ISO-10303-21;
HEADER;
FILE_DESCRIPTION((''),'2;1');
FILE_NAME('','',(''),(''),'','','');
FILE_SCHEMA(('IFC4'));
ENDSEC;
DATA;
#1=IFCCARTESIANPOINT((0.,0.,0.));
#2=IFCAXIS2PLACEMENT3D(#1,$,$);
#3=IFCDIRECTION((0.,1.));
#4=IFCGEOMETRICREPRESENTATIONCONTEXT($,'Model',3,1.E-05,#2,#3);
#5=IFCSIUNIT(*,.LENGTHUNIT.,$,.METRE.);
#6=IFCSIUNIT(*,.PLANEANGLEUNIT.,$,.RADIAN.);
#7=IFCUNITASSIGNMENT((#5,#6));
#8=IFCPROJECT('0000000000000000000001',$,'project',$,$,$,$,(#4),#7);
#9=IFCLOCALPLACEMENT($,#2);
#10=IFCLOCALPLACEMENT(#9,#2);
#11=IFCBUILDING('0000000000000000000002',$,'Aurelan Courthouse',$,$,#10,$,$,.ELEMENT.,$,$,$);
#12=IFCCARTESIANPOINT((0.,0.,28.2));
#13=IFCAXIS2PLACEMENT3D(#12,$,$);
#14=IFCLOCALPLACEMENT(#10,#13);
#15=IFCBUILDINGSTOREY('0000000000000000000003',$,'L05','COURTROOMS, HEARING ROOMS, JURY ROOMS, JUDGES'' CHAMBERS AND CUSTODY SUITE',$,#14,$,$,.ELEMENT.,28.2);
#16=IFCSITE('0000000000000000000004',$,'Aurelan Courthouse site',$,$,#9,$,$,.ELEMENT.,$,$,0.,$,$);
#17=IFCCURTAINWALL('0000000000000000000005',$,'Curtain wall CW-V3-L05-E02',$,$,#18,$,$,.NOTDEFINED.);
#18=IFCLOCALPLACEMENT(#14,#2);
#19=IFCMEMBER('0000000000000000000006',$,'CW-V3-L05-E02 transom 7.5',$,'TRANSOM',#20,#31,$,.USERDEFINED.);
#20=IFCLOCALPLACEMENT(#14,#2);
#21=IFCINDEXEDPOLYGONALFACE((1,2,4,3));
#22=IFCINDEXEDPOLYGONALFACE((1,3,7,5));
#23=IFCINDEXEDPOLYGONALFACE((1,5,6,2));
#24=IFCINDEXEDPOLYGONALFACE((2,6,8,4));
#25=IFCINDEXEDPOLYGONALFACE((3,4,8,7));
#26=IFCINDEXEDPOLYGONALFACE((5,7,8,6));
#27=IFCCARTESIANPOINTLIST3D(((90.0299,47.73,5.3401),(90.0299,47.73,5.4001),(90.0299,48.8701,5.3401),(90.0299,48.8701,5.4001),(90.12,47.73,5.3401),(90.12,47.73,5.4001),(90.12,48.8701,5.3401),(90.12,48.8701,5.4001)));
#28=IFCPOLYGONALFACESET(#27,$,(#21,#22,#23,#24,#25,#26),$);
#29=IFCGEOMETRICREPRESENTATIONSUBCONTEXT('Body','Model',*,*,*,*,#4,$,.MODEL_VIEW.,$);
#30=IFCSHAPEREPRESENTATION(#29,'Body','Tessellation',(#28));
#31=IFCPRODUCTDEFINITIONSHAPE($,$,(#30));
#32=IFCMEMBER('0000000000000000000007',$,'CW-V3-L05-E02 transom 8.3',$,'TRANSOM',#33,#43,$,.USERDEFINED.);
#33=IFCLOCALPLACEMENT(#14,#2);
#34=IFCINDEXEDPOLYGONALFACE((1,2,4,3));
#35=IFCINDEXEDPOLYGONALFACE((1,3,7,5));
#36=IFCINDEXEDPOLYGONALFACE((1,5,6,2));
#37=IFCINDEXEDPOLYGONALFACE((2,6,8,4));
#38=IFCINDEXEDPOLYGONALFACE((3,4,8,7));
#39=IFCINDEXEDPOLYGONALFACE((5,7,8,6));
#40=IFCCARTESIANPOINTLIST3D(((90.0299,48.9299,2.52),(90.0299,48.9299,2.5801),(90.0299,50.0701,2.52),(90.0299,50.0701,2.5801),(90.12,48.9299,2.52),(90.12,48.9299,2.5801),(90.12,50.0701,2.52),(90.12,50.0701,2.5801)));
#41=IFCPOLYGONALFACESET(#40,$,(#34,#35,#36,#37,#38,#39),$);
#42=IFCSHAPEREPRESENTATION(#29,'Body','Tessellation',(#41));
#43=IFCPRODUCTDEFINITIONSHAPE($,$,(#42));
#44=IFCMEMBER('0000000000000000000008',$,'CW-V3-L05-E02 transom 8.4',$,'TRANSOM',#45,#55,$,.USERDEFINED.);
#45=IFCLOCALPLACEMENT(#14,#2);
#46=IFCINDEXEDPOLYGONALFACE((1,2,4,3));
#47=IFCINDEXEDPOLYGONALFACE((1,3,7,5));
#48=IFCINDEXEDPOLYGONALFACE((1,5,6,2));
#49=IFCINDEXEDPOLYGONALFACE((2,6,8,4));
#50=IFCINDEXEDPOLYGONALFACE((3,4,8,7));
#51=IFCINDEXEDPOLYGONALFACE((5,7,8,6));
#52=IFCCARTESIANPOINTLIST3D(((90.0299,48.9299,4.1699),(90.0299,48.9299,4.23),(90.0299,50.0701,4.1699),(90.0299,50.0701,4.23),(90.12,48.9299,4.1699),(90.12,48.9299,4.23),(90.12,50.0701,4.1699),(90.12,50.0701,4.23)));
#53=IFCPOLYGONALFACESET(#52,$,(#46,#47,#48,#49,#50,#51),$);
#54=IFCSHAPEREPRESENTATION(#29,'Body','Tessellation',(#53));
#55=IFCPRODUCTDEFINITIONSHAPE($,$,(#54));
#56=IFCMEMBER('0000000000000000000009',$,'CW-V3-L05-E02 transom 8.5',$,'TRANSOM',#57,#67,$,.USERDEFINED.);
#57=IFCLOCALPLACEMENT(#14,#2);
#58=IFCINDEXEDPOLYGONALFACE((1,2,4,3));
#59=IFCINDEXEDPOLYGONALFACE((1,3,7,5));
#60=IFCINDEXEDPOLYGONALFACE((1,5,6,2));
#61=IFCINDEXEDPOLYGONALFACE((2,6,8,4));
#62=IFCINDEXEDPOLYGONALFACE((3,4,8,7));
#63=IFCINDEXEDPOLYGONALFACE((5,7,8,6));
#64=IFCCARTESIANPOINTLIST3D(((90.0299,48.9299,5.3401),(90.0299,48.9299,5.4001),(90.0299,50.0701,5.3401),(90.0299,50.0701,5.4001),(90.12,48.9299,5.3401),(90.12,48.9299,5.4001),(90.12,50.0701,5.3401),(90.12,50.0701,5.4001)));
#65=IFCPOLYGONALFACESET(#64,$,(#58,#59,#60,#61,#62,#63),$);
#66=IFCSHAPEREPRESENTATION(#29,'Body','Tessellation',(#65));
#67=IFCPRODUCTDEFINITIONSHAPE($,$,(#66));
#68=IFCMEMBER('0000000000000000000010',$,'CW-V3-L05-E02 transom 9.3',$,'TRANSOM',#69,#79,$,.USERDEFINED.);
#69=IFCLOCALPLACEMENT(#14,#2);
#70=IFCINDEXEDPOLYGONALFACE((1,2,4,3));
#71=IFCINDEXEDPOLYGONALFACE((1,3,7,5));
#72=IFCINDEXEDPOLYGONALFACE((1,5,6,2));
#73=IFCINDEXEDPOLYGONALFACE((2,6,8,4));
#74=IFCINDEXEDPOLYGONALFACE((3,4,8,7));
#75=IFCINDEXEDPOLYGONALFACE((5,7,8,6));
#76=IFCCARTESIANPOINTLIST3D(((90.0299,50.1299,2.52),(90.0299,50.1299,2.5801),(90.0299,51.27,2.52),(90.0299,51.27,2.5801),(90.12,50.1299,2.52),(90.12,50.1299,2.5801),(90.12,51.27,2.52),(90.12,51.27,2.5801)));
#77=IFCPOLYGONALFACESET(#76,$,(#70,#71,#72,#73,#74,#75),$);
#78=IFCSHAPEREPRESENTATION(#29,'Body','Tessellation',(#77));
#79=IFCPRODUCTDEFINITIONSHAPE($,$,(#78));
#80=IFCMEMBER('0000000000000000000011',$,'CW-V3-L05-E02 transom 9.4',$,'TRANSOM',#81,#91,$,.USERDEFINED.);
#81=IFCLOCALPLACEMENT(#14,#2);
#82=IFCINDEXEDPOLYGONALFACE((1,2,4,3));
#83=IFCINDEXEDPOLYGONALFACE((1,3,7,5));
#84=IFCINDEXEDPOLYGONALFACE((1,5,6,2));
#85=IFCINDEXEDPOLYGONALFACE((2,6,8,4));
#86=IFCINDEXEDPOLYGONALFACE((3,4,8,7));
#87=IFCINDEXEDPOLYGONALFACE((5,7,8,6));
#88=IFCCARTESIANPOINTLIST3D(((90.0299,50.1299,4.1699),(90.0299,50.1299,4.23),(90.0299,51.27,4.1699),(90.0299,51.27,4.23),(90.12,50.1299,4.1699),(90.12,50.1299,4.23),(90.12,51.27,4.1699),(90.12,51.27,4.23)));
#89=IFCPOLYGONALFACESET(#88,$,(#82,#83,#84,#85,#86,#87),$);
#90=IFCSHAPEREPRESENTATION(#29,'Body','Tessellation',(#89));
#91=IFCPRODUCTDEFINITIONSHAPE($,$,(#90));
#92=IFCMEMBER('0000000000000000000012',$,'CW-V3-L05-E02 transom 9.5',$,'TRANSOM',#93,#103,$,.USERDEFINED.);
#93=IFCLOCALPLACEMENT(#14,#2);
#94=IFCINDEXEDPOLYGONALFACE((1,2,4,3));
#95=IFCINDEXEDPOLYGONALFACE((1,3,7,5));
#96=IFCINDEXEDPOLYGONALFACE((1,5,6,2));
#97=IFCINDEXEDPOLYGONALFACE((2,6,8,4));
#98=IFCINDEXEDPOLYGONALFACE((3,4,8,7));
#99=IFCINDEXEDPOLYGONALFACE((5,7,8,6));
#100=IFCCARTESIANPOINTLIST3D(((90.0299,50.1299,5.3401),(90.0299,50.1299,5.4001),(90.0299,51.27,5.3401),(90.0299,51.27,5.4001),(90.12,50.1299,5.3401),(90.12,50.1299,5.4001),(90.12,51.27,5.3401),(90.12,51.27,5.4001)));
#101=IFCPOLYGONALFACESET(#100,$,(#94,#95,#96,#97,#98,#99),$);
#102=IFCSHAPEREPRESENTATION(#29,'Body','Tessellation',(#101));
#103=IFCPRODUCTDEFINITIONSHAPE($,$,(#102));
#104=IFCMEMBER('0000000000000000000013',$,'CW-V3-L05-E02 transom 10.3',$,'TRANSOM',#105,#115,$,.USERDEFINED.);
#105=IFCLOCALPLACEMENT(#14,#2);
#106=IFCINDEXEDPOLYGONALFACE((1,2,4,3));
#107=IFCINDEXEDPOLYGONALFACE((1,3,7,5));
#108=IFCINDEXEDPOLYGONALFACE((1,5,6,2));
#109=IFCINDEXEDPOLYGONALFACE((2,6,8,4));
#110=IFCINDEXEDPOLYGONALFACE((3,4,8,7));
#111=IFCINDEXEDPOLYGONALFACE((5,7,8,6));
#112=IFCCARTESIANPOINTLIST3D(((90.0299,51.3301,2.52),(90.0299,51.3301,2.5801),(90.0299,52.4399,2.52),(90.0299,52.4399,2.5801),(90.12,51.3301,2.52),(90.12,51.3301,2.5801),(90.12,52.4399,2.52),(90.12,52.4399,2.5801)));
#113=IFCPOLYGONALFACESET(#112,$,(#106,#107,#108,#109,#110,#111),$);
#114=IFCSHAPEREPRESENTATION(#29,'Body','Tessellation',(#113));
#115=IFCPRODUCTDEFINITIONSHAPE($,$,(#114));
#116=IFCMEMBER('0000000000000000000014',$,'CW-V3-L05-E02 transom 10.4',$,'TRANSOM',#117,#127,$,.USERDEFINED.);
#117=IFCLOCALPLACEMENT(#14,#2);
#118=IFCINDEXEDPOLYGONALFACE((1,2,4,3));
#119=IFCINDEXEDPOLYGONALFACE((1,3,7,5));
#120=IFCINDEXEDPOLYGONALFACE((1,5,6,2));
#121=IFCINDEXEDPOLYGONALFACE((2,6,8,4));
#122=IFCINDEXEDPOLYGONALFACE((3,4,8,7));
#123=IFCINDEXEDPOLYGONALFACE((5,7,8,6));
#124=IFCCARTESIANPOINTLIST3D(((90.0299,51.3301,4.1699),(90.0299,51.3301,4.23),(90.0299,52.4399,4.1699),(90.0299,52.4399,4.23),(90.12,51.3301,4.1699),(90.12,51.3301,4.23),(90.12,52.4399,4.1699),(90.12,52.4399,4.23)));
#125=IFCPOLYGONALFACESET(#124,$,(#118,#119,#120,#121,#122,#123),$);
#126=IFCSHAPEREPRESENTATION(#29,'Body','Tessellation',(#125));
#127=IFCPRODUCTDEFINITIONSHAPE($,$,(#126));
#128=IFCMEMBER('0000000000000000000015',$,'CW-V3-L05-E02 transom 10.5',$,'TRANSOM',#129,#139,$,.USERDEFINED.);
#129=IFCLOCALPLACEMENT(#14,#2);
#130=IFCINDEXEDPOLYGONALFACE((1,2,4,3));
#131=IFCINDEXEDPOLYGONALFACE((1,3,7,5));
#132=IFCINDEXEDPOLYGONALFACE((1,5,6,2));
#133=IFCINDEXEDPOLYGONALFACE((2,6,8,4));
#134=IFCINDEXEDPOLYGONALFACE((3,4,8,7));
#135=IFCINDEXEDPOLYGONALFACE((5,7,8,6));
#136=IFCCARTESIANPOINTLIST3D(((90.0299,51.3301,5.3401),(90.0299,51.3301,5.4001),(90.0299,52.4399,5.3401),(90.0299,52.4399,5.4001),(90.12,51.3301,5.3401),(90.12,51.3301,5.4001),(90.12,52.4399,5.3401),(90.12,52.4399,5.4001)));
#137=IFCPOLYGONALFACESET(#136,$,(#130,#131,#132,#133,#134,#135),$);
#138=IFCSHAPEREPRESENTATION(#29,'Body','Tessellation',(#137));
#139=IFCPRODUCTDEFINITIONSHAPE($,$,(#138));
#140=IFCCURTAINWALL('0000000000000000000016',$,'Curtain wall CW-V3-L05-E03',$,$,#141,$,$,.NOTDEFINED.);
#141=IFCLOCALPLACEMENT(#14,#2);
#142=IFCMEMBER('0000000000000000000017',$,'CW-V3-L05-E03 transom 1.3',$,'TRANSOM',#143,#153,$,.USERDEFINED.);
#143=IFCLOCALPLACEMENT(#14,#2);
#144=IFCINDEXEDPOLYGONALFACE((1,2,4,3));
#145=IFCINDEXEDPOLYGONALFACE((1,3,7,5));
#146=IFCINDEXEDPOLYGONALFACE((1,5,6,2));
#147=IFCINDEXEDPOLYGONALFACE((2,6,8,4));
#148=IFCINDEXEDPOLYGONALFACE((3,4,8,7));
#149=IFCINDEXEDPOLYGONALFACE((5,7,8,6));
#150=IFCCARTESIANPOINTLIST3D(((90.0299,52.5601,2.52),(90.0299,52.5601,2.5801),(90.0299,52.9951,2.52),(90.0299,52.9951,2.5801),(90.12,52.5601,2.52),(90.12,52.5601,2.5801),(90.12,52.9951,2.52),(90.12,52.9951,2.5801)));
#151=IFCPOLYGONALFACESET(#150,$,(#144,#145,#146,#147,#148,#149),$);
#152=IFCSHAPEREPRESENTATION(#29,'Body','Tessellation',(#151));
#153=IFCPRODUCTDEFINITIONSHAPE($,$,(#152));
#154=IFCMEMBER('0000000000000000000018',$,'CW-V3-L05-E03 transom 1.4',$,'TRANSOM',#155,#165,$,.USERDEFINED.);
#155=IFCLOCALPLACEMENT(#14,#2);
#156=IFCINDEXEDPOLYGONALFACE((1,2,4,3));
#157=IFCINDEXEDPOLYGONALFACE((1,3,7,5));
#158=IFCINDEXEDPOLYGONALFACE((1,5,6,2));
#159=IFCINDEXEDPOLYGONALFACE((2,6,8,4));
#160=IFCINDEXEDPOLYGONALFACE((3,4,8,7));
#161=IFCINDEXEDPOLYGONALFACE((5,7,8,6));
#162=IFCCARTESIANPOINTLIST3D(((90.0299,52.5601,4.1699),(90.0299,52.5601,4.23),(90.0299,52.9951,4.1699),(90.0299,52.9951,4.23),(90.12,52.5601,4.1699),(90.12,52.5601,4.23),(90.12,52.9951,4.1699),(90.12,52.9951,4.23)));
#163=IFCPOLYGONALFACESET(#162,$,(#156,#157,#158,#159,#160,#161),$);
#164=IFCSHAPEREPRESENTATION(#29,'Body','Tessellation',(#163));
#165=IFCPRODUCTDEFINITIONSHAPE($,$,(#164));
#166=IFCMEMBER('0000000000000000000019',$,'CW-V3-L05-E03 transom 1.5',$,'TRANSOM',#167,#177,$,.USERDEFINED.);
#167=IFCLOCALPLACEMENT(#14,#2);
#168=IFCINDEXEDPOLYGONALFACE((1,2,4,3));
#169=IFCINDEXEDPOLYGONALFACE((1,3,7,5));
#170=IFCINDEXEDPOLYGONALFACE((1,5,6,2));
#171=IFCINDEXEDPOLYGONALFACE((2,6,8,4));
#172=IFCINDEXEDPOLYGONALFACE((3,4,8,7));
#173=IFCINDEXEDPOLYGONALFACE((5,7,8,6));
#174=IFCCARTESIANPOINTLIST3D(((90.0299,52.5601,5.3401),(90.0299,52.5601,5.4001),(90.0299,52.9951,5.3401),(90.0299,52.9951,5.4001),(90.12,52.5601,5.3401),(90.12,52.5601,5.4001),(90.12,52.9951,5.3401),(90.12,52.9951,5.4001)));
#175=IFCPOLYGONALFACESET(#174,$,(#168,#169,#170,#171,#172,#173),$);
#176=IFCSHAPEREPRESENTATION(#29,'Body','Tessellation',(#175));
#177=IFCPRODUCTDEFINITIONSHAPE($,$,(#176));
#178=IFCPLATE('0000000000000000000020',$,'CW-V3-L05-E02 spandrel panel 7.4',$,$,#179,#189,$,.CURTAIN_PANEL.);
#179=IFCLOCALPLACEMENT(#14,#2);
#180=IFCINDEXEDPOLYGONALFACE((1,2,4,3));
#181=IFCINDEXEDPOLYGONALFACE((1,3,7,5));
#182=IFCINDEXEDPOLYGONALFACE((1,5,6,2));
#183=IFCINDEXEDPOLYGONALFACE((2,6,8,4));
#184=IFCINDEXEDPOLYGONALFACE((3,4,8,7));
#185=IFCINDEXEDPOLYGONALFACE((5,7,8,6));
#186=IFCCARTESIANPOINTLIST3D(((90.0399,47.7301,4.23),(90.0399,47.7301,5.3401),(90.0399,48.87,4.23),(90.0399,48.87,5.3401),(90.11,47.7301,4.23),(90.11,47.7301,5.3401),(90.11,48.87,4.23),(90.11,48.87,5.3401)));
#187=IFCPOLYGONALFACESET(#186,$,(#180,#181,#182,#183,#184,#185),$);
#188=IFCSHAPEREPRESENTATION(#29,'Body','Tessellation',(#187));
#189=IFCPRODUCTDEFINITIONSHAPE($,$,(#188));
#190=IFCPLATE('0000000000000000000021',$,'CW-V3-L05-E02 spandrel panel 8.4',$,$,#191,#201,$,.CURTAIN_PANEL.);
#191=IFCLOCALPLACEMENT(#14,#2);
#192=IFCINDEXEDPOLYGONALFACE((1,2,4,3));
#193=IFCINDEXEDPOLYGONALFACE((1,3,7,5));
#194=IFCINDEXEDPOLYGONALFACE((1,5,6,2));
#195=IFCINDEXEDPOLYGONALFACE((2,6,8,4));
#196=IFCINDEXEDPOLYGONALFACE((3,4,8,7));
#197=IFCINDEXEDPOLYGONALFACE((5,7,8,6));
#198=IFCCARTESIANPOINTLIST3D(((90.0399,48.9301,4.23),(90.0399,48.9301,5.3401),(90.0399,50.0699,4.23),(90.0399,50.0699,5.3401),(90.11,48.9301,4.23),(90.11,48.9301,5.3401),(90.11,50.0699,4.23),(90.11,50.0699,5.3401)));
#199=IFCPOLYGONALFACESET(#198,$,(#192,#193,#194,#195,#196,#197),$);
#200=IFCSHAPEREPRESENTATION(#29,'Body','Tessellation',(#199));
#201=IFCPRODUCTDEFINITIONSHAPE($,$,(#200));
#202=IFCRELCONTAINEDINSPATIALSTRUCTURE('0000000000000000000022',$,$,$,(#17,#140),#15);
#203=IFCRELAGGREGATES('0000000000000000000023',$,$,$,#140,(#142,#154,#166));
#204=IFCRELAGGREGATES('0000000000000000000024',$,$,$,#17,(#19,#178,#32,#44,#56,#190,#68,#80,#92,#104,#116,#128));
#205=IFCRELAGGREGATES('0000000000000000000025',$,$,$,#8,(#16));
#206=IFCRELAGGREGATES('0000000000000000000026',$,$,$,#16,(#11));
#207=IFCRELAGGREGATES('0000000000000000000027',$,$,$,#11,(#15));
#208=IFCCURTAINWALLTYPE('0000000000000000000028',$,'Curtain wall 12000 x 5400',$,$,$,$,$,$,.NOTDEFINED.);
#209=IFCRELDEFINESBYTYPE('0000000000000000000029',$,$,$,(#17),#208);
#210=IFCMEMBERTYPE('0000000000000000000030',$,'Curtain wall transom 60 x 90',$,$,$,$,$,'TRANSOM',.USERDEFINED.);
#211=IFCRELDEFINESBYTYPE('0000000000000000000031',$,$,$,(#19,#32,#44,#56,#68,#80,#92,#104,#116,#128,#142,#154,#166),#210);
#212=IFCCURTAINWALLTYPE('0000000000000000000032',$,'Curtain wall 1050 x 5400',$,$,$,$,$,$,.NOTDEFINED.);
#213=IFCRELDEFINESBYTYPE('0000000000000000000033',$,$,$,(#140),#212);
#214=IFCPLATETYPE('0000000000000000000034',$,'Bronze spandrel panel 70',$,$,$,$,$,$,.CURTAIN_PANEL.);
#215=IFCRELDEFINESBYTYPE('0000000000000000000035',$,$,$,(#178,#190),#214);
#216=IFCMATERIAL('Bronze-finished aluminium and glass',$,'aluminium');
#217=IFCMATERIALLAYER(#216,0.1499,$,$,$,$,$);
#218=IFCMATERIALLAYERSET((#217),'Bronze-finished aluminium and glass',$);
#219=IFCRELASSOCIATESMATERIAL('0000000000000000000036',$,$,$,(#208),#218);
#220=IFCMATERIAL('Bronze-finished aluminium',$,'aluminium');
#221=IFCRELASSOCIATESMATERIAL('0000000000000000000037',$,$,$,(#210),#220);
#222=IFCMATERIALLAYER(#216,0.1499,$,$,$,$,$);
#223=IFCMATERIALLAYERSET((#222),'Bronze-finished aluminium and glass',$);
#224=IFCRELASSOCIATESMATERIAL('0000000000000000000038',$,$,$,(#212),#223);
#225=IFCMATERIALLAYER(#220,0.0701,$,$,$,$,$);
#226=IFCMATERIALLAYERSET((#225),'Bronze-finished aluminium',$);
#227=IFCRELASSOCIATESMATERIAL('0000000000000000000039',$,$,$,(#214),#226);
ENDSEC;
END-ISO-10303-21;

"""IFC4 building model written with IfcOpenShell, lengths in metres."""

from ifc_helpers import new_model, si_unit, direction, frame, origin, origin_2d, place, context, subcontext, project, spatial, rectangle, extrude, material, layer, layer_set, material_profile, profile_set, type_object, element, aggregate, save


model = new_model("IFC4")

# Units and contexts
model_context = context("Model", 3, precision=1e-05, world=origin(), true_north=direction((0.0, 1.0)))
body_context = subcontext(model_context, "Body", "Model", "MODEL_VIEW")
ifc_project = project(units=[si_unit("LENGTHUNIT", "METRE"), si_unit("PLANEANGLEUNIT", "RADIAN")], contexts=[model_context])

# Site, building, storey
site_placement = place(None, origin())
site = spatial("IfcSite", under=ifc_project, at=site_placement, Name="Aurelan Courthouse site", CompositionType="ELEMENT", RefElevation=0.0)
building_placement = place(site_placement, origin())
building = spatial("IfcBuilding", under=site, at=building_placement, Name="Aurelan Courthouse", CompositionType="ELEMENT")
storey_placement = place(building_placement, frame((0.0, 0.0, 28.2)))
storey = spatial("IfcBuildingStorey", under=building, at=storey_placement, Name="L05", Description="COURTROOMS, HEARING ROOMS, JURY ROOMS, JUDGES' CHAMBERS AND CUSTODY SUITE", CompositionType="ELEMENT", Elevation=28.2)

# Curtain walls, members
ifc_material_1 = material(Name="Bronze-finished aluminium and glass", Category="aluminium")
ifc_layer_1 = layer(ifc_material_1, 0.1499)
ifc_layer_set_1 = layer_set([ifc_layer_1], Name="Bronze-finished aluminium and glass")
curtain_wall_type_1 = type_object("IfcCurtainWallType", Name="Curtain wall 12000 x 5400", PredefinedType="NOTDEFINED", material=ifc_layer_set_1)
curtain_wall_1_placement = place(storey_placement, origin())
curtain_wall_1 = element("IfcCurtainWall", 1, at=curtain_wall_1_placement, inside=storey, type_object=curtain_wall_type_1, Name="Curtain wall CW-V3-L05-E02", PredefinedType="NOTDEFINED")
ifc_material_2 = material(Name="Bronze-finished aluminium", Category="aluminium")
ifc_material_profile = material_profile(ifc_material_2, rectangle(XDim=0.0901, YDim=0.0601, at=origin_2d()), Name="Bronze transom 60 x 90")
ifc_profile_set = profile_set([ifc_material_profile], Name="Bronze-finished aluminium")
member_type = type_object("IfcMemberType", Name="Curtain wall transom 60 x 90", ElementType="TRANSOM", PredefinedType="USERDEFINED", material=ifc_profile_set)
member_1_placement = place(storey_placement, frame((90.075, 47.73, 5.3701), z_axis=(0.0, 1.0, 0.0), x_axis=(-1.0, 0.0, 0.0)))
member_1 = element("IfcMember", 2, at=member_1_placement, type_object=member_type, Name="CW-V3-L05-E02 transom 7.5", ObjectType="TRANSOM", PredefinedType="USERDEFINED", context=body_context, shape_type="SweptSolid", body=[
    extrude(rectangle(XDim=0.0901, YDim=0.0601, at=origin_2d()), origin(), (0.0, 0.0, 1.0), 1.1401),
])
member_2_placement = place(storey_placement, frame((90.075, 48.9299, 2.55), z_axis=(0.0, 1.0, 0.0), x_axis=(-1.0, 0.0, 0.0)))
member_2 = element("IfcMember", 3, at=member_2_placement, type_object=member_type, Name="CW-V3-L05-E02 transom 8.3", ObjectType="TRANSOM", PredefinedType="USERDEFINED", context=body_context, shape_type="SweptSolid", body=[
    extrude(rectangle(XDim=0.0901, YDim=0.0601, at=origin_2d()), origin(), (0.0, 0.0, 1.0), 1.1401),
])
member_3_placement = place(storey_placement, frame((90.075, 48.9299, 4.2), z_axis=(0.0, 1.0, 0.0), x_axis=(-1.0, 0.0, 0.0)))
member_3 = element("IfcMember", 4, at=member_3_placement, type_object=member_type, Name="CW-V3-L05-E02 transom 8.4", ObjectType="TRANSOM", PredefinedType="USERDEFINED", context=body_context, shape_type="SweptSolid", body=[
    extrude(rectangle(XDim=0.0901, YDim=0.0601, at=origin_2d()), origin(), (0.0, 0.0, 1.0), 1.1401),
])
member_4_placement = place(storey_placement, frame((90.075, 48.9299, 5.3701), z_axis=(0.0, 1.0, 0.0), x_axis=(-1.0, 0.0, 0.0)))
member_4 = element("IfcMember", 5, at=member_4_placement, type_object=member_type, Name="CW-V3-L05-E02 transom 8.5", ObjectType="TRANSOM", PredefinedType="USERDEFINED", context=body_context, shape_type="SweptSolid", body=[
    extrude(rectangle(XDim=0.0901, YDim=0.0601, at=origin_2d()), origin(), (0.0, 0.0, 1.0), 1.1401),
])
member_5_placement = place(storey_placement, frame((90.075, 50.1299, 2.55), z_axis=(0.0, 1.0, 0.0), x_axis=(-1.0, 0.0, 0.0)))
member_5 = element("IfcMember", 6, at=member_5_placement, type_object=member_type, Name="CW-V3-L05-E02 transom 9.3", ObjectType="TRANSOM", PredefinedType="USERDEFINED", context=body_context, shape_type="SweptSolid", body=[
    extrude(rectangle(XDim=0.0901, YDim=0.0601, at=origin_2d()), origin(), (0.0, 0.0, 1.0), 1.1401),
])
member_6_placement = place(storey_placement, frame((90.075, 50.1299, 4.2), z_axis=(0.0, 1.0, 0.0), x_axis=(-1.0, 0.0, 0.0)))
member_6 = element("IfcMember", 7, at=member_6_placement, type_object=member_type, Name="CW-V3-L05-E02 transom 9.4", ObjectType="TRANSOM", PredefinedType="USERDEFINED", context=body_context, shape_type="SweptSolid", body=[
    extrude(rectangle(XDim=0.0901, YDim=0.0601, at=origin_2d()), origin(), (0.0, 0.0, 1.0), 1.1401),
])
member_7_placement = place(storey_placement, frame((90.075, 50.1299, 5.3701), z_axis=(0.0, 1.0, 0.0), x_axis=(-1.0, 0.0, 0.0)))
member_7 = element("IfcMember", 8, at=member_7_placement, type_object=member_type, Name="CW-V3-L05-E02 transom 9.5", ObjectType="TRANSOM", PredefinedType="USERDEFINED", context=body_context, shape_type="SweptSolid", body=[
    extrude(rectangle(XDim=0.0901, YDim=0.0601, at=origin_2d()), origin(), (0.0, 0.0, 1.0), 1.1401),
])
member_8_placement = place(storey_placement, frame((90.075, 51.3301, 2.55), z_axis=(0.0, 1.0, 0.0), x_axis=(-1.0, 0.0, 0.0)))
member_8 = element("IfcMember", 9, at=member_8_placement, type_object=member_type, Name="CW-V3-L05-E02 transom 10.3", ObjectType="TRANSOM", PredefinedType="USERDEFINED", context=body_context, shape_type="SweptSolid", body=[
    extrude(rectangle(XDim=0.0901, YDim=0.0601, at=origin_2d()), origin(), (0.0, 0.0, 1.0), 1.1099),
])
member_9_placement = place(storey_placement, frame((90.075, 51.3301, 4.2), z_axis=(0.0, 1.0, 0.0), x_axis=(-1.0, 0.0, 0.0)))
member_9 = element("IfcMember", 10, at=member_9_placement, type_object=member_type, Name="CW-V3-L05-E02 transom 10.4", ObjectType="TRANSOM", PredefinedType="USERDEFINED", context=body_context, shape_type="SweptSolid", body=[
    extrude(rectangle(XDim=0.0901, YDim=0.0601, at=origin_2d()), origin(), (0.0, 0.0, 1.0), 1.1099),
])
member_10_placement = place(storey_placement, frame((90.075, 51.3301, 5.3701), z_axis=(0.0, 1.0, 0.0), x_axis=(-1.0, 0.0, 0.0)))
member_10 = element("IfcMember", 11, at=member_10_placement, type_object=member_type, Name="CW-V3-L05-E02 transom 10.5", ObjectType="TRANSOM", PredefinedType="USERDEFINED", context=body_context, shape_type="SweptSolid", body=[
    extrude(rectangle(XDim=0.0901, YDim=0.0601, at=origin_2d()), origin(), (0.0, 0.0, 1.0), 1.1099),
])
ifc_layer_2 = layer(ifc_material_1, 0.1499)
ifc_layer_set_2 = layer_set([ifc_layer_2], Name="Bronze-finished aluminium and glass")
curtain_wall_type_2 = type_object("IfcCurtainWallType", Name="Curtain wall 1050 x 5400", PredefinedType="NOTDEFINED", material=ifc_layer_set_2)
curtain_wall_2_placement = place(storey_placement, origin())
curtain_wall_2 = element("IfcCurtainWall", 12, at=curtain_wall_2_placement, inside=storey, type_object=curtain_wall_type_2, Name="Curtain wall CW-V3-L05-E03", PredefinedType="NOTDEFINED")
member_11_placement = place(storey_placement, frame((90.075, 52.5601, 2.55), z_axis=(0.0, 1.0, 0.0), x_axis=(-1.0, 0.0, 0.0)))
member_11 = element("IfcMember", 13, at=member_11_placement, type_object=member_type, Name="CW-V3-L05-E03 transom 1.3", ObjectType="TRANSOM", PredefinedType="USERDEFINED", context=body_context, shape_type="SweptSolid", body=[
    extrude(rectangle(XDim=0.0901, YDim=0.0601, at=origin_2d()), origin(), (0.0, 0.0, 1.0), 0.4351),
])
member_12_placement = place(storey_placement, frame((90.075, 52.5601, 4.2), z_axis=(0.0, 1.0, 0.0), x_axis=(-1.0, 0.0, 0.0)))
member_12 = element("IfcMember", 14, at=member_12_placement, type_object=member_type, Name="CW-V3-L05-E03 transom 1.4", ObjectType="TRANSOM", PredefinedType="USERDEFINED", context=body_context, shape_type="SweptSolid", body=[
    extrude(rectangle(XDim=0.0901, YDim=0.0601, at=origin_2d()), origin(), (0.0, 0.0, 1.0), 0.4351),
])
member_13_placement = place(storey_placement, frame((90.075, 52.5601, 5.3701), z_axis=(0.0, 1.0, 0.0), x_axis=(-1.0, 0.0, 0.0)))
member_13 = element("IfcMember", 15, at=member_13_placement, type_object=member_type, Name="CW-V3-L05-E03 transom 1.5", ObjectType="TRANSOM", PredefinedType="USERDEFINED", context=body_context, shape_type="SweptSolid", body=[
    extrude(rectangle(XDim=0.0901, YDim=0.0601, at=origin_2d()), origin(), (0.0, 0.0, 1.0), 0.4351),
])
aggregate(curtain_wall_2, [member_11, member_12, member_13])

# Plates
ifc_layer_3 = layer(ifc_material_2, 0.0701)
ifc_layer_set_3 = layer_set([ifc_layer_3], Name="Bronze-finished aluminium")
plate_type_1 = type_object("IfcPlateType", Name="Bronze spandrel panel 70", PredefinedType="CURTAIN_PANEL", material=ifc_layer_set_3)
plate_1_placement = place(storey_placement, frame((90.075, 48.3, 4.23), z_axis=(0.0, 0.0, 1.0), x_axis=(0.0, 1.0, 0.0)))
plate_1 = element("IfcPlate", 16, at=plate_1_placement, type_object=plate_type_1, Name="CW-V3-L05-E02 spandrel panel 7.4", PredefinedType="CURTAIN_PANEL", context=body_context, shape_type="SweptSolid", body=[
    extrude(rectangle(XDim=1.1399, YDim=0.0701, at=origin_2d()), origin(), (0.0, 0.0, 1.0), 1.1101),
])
plate_2_placement = place(storey_placement, frame((90.075, 49.5, 4.23), z_axis=(0.0, 0.0, 1.0), x_axis=(0.0, 1.0, 0.0)))
plate_2 = element("IfcPlate", 17, at=plate_2_placement, type_object=plate_type_1, Name="CW-V3-L05-E02 spandrel panel 8.4", PredefinedType="CURTAIN_PANEL", context=body_context, shape_type="SweptSolid", body=[
    extrude(rectangle(XDim=1.1399, YDim=0.0701, at=origin_2d()), origin(), (0.0, 0.0, 1.0), 1.1101),
])
aggregate(curtain_wall_1, [member_1, plate_1, member_2, member_3, member_4, plate_2, member_5, member_6, member_7, member_8, member_9, member_10])

save(model, "model.ifc")
